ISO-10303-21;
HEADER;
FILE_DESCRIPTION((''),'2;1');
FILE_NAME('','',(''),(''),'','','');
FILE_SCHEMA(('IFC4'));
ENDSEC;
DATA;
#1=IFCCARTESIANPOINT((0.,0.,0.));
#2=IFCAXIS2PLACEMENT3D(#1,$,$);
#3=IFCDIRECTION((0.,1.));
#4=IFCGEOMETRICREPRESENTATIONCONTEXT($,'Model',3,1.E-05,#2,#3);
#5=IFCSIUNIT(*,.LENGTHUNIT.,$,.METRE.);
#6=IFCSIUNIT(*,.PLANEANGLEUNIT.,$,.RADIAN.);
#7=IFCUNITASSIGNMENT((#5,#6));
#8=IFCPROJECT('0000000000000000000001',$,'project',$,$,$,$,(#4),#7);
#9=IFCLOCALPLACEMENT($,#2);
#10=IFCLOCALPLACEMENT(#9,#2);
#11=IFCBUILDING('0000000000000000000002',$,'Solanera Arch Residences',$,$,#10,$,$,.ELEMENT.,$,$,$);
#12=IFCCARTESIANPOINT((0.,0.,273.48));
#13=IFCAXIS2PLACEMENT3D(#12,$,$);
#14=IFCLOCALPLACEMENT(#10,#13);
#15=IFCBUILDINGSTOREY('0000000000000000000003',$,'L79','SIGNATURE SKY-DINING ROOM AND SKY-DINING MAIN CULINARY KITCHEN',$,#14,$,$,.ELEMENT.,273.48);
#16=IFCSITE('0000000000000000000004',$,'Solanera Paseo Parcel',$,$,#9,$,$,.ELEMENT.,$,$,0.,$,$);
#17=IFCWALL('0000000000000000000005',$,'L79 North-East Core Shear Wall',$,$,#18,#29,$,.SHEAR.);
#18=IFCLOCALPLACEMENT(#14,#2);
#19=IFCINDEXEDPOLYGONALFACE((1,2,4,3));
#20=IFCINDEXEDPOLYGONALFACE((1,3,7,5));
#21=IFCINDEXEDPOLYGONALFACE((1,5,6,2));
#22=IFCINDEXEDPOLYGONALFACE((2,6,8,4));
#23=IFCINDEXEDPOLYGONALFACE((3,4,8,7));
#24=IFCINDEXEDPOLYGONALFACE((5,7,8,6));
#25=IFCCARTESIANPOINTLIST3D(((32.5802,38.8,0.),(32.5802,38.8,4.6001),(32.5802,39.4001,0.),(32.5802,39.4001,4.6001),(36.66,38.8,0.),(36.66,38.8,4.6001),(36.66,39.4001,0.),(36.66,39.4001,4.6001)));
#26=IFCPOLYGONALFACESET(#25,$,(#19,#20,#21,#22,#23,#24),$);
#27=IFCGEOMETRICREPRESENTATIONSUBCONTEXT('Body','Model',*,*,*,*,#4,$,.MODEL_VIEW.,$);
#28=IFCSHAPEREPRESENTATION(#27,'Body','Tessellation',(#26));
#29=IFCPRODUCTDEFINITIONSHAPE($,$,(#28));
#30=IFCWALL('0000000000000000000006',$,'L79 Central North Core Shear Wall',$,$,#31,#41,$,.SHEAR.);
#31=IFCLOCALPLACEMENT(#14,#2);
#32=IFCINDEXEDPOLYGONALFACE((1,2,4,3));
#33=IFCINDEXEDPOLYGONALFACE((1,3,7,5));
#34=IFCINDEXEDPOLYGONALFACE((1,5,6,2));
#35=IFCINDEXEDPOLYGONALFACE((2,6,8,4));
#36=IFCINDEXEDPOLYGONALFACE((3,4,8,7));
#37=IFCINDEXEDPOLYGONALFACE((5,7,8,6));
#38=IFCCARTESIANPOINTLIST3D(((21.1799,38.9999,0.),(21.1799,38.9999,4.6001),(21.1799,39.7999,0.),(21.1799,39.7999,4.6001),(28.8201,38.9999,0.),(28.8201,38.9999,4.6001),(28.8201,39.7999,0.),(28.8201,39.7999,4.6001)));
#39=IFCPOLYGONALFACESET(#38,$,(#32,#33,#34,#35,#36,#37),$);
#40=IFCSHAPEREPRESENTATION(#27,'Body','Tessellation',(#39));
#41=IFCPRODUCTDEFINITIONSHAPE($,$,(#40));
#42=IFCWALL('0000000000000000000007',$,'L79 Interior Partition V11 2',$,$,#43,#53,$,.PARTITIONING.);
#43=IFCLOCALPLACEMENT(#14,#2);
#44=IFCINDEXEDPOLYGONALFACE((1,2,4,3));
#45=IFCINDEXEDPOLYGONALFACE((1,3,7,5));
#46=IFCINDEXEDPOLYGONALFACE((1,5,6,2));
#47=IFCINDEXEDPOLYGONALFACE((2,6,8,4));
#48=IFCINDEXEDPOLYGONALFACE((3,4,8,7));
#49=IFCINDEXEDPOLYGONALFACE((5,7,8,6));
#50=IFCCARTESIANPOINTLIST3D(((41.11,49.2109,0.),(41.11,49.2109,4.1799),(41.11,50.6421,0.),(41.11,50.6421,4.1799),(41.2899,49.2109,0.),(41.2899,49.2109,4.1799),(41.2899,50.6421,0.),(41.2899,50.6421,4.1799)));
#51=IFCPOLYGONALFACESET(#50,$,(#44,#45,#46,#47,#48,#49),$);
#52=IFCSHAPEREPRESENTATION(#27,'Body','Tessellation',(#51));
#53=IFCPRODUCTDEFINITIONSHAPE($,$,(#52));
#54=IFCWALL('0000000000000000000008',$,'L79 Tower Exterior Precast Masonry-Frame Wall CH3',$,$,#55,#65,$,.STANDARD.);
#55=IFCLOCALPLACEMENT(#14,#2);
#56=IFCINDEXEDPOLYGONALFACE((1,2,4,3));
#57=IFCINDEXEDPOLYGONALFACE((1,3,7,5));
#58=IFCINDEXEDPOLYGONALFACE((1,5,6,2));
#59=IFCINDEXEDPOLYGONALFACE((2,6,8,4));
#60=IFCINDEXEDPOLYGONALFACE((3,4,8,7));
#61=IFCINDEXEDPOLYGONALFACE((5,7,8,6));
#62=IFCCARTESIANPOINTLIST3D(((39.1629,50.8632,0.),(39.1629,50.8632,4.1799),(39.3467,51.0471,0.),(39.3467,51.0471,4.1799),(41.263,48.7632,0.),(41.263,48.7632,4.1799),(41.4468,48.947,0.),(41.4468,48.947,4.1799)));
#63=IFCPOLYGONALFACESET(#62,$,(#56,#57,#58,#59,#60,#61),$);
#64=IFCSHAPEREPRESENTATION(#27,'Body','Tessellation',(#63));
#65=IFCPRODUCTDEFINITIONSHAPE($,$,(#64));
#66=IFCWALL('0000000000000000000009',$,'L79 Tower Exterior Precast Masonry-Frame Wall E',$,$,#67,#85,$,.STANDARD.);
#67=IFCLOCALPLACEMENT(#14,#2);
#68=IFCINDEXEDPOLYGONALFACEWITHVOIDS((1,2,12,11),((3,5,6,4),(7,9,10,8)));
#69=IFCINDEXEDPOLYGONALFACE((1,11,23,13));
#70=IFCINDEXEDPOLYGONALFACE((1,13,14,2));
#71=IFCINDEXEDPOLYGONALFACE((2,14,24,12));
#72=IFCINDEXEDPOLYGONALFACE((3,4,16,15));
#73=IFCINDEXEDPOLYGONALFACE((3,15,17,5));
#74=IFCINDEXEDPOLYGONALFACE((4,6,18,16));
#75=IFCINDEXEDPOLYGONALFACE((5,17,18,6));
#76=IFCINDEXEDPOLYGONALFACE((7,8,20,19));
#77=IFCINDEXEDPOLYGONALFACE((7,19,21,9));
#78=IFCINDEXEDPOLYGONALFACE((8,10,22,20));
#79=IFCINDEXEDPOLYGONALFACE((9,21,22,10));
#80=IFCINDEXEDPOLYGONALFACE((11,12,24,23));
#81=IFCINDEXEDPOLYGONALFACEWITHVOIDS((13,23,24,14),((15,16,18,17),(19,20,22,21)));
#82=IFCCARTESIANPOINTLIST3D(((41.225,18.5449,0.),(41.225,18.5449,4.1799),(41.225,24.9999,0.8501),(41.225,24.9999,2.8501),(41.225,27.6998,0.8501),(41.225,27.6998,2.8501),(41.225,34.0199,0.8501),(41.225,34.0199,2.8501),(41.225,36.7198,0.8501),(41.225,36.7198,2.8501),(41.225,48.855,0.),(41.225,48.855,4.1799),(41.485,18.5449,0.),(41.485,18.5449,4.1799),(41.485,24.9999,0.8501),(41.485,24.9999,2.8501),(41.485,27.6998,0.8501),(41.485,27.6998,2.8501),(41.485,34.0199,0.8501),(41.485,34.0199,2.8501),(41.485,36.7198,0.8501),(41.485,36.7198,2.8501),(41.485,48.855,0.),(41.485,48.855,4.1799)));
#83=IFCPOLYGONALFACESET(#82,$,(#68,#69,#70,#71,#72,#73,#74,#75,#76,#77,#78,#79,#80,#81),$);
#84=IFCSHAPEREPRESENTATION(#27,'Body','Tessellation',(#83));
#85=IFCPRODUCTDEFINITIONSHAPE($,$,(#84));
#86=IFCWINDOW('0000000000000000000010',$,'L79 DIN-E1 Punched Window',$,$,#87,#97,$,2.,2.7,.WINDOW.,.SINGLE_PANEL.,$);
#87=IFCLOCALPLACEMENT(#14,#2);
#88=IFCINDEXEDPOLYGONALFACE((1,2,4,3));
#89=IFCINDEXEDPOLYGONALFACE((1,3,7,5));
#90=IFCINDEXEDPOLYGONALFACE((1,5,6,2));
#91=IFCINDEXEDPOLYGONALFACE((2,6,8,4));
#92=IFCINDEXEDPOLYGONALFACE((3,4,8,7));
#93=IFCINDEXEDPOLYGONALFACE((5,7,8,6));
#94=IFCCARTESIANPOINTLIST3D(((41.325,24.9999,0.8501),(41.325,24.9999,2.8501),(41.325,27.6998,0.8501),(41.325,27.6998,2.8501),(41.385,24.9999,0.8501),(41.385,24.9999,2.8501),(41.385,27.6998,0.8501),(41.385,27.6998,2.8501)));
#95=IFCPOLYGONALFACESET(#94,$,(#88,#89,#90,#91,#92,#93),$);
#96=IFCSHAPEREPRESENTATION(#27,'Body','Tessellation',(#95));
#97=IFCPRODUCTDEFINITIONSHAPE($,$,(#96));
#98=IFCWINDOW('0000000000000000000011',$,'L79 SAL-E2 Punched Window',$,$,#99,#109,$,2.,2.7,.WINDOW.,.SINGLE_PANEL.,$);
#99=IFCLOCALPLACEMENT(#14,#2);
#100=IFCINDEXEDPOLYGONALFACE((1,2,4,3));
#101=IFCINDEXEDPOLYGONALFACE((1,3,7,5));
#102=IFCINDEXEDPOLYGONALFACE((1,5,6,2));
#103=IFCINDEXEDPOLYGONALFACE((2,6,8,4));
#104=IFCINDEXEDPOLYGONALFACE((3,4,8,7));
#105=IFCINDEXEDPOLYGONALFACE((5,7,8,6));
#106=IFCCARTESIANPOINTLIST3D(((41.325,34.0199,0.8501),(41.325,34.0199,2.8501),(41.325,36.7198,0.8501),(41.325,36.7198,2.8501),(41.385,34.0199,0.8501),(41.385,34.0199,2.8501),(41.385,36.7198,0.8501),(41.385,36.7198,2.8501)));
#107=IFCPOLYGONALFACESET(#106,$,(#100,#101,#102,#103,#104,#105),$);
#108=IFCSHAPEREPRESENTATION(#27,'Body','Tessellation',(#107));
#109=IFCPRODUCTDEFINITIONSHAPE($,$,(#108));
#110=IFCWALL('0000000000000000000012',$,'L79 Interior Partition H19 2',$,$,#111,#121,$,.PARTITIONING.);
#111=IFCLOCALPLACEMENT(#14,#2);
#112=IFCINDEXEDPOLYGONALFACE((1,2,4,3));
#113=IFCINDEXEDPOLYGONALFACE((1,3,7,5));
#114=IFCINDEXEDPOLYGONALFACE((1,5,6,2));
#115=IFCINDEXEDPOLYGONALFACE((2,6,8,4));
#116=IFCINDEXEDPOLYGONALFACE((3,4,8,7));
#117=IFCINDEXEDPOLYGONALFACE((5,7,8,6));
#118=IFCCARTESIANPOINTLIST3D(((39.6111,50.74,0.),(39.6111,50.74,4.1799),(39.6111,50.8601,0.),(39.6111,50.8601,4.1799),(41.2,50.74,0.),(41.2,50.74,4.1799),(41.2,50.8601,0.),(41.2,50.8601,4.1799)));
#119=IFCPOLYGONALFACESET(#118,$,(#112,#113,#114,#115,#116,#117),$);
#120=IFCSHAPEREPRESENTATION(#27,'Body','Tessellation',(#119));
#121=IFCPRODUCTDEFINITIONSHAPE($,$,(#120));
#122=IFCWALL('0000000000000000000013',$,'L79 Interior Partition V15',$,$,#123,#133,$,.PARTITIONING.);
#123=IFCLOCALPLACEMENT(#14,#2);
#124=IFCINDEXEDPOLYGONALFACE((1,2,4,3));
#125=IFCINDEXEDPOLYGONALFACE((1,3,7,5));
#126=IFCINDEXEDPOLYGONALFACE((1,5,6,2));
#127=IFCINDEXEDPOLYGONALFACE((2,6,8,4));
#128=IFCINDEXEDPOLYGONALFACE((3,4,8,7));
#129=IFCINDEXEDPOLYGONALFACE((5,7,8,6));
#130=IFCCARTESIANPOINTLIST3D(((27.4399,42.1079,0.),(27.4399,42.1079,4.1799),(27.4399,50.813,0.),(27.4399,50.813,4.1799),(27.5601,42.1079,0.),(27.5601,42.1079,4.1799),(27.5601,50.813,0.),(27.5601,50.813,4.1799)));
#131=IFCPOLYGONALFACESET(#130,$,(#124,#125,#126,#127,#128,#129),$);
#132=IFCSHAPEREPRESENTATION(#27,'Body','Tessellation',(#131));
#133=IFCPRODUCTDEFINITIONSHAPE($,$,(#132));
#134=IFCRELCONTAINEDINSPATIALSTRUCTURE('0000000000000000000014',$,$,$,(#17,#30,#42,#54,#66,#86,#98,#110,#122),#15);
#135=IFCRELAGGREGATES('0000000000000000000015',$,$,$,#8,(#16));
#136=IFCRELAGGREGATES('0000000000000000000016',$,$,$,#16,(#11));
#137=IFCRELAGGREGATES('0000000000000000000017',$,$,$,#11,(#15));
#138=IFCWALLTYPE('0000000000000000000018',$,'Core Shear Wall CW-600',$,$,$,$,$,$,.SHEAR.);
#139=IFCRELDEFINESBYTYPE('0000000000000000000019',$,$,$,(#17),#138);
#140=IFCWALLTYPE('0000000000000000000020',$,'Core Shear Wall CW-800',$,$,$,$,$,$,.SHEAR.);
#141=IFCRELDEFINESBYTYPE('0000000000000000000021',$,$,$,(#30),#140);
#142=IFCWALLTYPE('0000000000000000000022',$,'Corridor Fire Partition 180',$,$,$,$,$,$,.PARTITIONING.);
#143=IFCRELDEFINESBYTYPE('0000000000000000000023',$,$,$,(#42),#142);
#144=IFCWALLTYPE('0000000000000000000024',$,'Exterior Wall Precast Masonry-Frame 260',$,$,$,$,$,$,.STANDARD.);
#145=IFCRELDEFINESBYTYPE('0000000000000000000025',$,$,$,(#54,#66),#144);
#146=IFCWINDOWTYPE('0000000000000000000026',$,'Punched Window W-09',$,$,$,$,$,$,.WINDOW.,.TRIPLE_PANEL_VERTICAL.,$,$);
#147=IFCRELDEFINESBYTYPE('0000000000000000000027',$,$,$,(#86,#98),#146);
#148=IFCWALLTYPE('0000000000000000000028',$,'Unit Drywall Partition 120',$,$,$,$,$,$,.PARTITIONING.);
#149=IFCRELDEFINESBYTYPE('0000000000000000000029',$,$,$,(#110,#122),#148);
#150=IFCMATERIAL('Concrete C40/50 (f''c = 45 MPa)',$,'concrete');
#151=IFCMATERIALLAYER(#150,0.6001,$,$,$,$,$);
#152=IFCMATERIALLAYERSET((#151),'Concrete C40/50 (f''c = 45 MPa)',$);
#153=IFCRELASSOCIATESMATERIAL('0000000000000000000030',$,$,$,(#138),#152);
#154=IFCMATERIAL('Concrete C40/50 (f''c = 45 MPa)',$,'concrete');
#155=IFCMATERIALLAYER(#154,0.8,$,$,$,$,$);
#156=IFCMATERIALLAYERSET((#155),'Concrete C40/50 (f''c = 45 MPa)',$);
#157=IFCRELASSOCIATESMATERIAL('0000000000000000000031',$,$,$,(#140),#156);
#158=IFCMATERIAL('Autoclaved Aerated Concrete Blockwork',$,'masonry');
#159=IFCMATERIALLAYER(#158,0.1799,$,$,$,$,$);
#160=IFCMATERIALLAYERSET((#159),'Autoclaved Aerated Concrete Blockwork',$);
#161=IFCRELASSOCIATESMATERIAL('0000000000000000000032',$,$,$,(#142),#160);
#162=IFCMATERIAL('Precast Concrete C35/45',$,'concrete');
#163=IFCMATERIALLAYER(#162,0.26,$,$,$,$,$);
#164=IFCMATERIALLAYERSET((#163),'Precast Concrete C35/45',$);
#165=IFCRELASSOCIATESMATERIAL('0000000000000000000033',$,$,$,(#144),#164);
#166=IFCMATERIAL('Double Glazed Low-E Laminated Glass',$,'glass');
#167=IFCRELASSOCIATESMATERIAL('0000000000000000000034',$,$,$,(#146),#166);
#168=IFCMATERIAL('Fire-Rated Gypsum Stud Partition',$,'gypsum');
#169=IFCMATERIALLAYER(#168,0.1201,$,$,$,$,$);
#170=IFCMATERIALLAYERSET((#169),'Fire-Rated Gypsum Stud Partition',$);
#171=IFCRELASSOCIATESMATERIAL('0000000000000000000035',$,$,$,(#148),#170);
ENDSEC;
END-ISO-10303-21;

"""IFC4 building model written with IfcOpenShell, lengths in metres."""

from ifc_helpers import new_model, si_unit, direction, frame, frame_2d, origin, place, context, subcontext, project, spatial, rectangle, extrude, material, layer, layer_set, type_object, element, fill, save


model = new_model("IFC4")

# Units and contexts
model_context = context("Model", 3, precision=1e-05, world=origin(), true_north=direction((0.0, 1.0)))
body_context = subcontext(model_context, "Body", "Model", "MODEL_VIEW")
ifc_project = project(units=[si_unit("LENGTHUNIT", "METRE"), si_unit("PLANEANGLEUNIT", "RADIAN")], contexts=[model_context])

# Site, building, storey
site_placement = place(None, origin())
site = spatial("IfcSite", under=ifc_project, at=site_placement, Name="Solanera Paseo Parcel", CompositionType="ELEMENT", RefElevation=0.0)
building_placement = place(site_placement, origin())
building = spatial("IfcBuilding", under=site, at=building_placement, Name="Solanera Arch Residences", CompositionType="ELEMENT")
storey_placement = place(building_placement, frame((0.0, 0.0, 273.48)))
storey = spatial("IfcBuildingStorey", under=building, at=storey_placement, Name="L79", Description="SIGNATURE SKY-DINING ROOM AND SKY-DINING MAIN CULINARY KITCHEN", CompositionType="ELEMENT", Elevation=273.48)

# Walls
ifc_material_1 = material(Name="Concrete C40/50 (f'c = 45 MPa)", Category="concrete")
ifc_layer_1 = layer(ifc_material_1, 0.6001)
ifc_layer_set_1 = layer_set([ifc_layer_1], Name="Concrete C40/50 (f'c = 45 MPa)")
wall_type_1 = type_object("IfcWallType", Name="Core Shear Wall CW-600", PredefinedType="SHEAR", material=ifc_layer_set_1)
wall_1_placement = place(storey_placement, frame((32.5801, 39.1001, 0.0), z_axis=(0.0, 0.0, 1.0), x_axis=(1.0, 0.0, 0.0)))
element("IfcWall", 1, at=wall_1_placement, inside=storey, type_object=wall_type_1, Name="L79 North-East Core Shear Wall", PredefinedType="SHEAR", context=body_context, shape_type="SweptSolid", body=[
    extrude(rectangle(XDim=4.0798, YDim=0.6001, at=frame_2d((2.04, 0.0))), origin(), (0.0, 0.0, 1.0), 4.6001),
])
ifc_material_2 = material(Name="Concrete C40/50 (f'c = 45 MPa)", Category="concrete")
ifc_layer_2 = layer(ifc_material_2, 0.8)
ifc_layer_set_2 = layer_set([ifc_layer_2], Name="Concrete C40/50 (f'c = 45 MPa)")
wall_type_2 = type_object("IfcWallType", Name="Core Shear Wall CW-800", PredefinedType="SHEAR", material=ifc_layer_set_2)
wall_2_placement = place(storey_placement, frame((21.1799, 39.3999, 0.0), z_axis=(0.0, 0.0, 1.0), x_axis=(1.0, 0.0, 0.0)))
element("IfcWall", 2, at=wall_2_placement, inside=storey, type_object=wall_type_2, Name="L79 Central North Core Shear Wall", PredefinedType="SHEAR", context=body_context, shape_type="SweptSolid", body=[
    extrude(rectangle(XDim=7.6401, YDim=0.8, at=frame_2d((3.8201, 0.0))), origin(), (0.0, 0.0, 1.0), 4.6001),
])
ifc_material_3 = material(Name="Autoclaved Aerated Concrete Blockwork", Category="masonry")
ifc_layer_3 = layer(ifc_material_3, 0.1799)
ifc_layer_set_3 = layer_set([ifc_layer_3], Name="Autoclaved Aerated Concrete Blockwork")
wall_type_3 = type_object("IfcWallType", Name="Corridor Fire Partition 180", PredefinedType="PARTITIONING", material=ifc_layer_set_3)
wall_3_placement = place(storey_placement, frame((41.2, 49.2109, 0.0), z_axis=(0.0, 0.0, 1.0), x_axis=(0.0, 1.0, 0.0)))
element("IfcWall", 3, at=wall_3_placement, inside=storey, type_object=wall_type_3, Name="L79 Interior Partition V11 2", PredefinedType="PARTITIONING", context=body_context, shape_type="SweptSolid", body=[
    extrude(rectangle(XDim=1.4312, YDim=0.1799, at=frame_2d((0.7156, 0.0))), origin(), (0.0, 0.0, 1.0), 4.1799),
])
ifc_material_4 = material(Name="Precast Concrete C35/45", Category="concrete")
ifc_layer_4 = layer(ifc_material_4, 0.26)
ifc_layer_set_4 = layer_set([ifc_layer_4], Name="Precast Concrete C35/45")
wall_type_4 = type_object("IfcWallType", Name="Exterior Wall Precast Masonry-Frame 260", PredefinedType="STANDARD", material=ifc_layer_set_4)
wall_4_placement = place(storey_placement, frame((39.2549, 50.9551, 0.0), z_axis=(0.0, 0.0, 1.0), x_axis=(0.707107, -0.707107, 0.0)))
element("IfcWall", 4, at=wall_4_placement, inside=storey, type_object=wall_type_4, Name="L79 Tower Exterior Precast Masonry-Frame Wall CH3", PredefinedType="STANDARD", context=body_context, shape_type="SweptSolid", body=[
    extrude(rectangle(XDim=2.97, YDim=0.26, at=frame_2d((1.4849, 0.0))), origin(), (0.0, 0.0, 1.0), 4.1799),
])

# Wall, openings, windows
wall_5_placement = place(storey_placement, frame((41.355, 48.855, 0.0), z_axis=(0.0, 0.0, 1.0), x_axis=(0.0, -1.0, 0.0)))
wall_5 = element("IfcWall", 5, at=wall_5_placement, inside=storey, type_object=wall_type_4, Name="L79 Tower Exterior Precast Masonry-Frame Wall E", PredefinedType="STANDARD", context=body_context, shape_type="SweptSolid", body=[
    extrude(rectangle(XDim=30.3101, YDim=0.26, at=frame_2d((15.155, 0.0))), origin(), (0.0, 0.0, 1.0), 4.1799),
])
opening_1_placement = place(wall_5_placement, frame((21.155, 0.0, 0.8501)))
opening_1 = element("IfcOpeningElement", 6, at=opening_1_placement, cuts=wall_5, PredefinedType="OPENING", context=body_context, shape_type="SweptSolid", body=[
    extrude(rectangle(XDim=2.7, YDim=2.0, at=frame_2d((1.3501, 1.0))), frame((0.0, 0.1399, 0.0), z_axis=(0.0, -1.0, 0.0), x_axis=(1.0, 0.0, 0.0)), (0.0, 0.0, 1.0), 0.28),
])
opening_2_placement = place(wall_5_placement, frame((12.135, 0.0, 0.8501)))
opening_2 = element("IfcOpeningElement", 7, at=opening_2_placement, cuts=wall_5, PredefinedType="OPENING", context=body_context, shape_type="SweptSolid", body=[
    extrude(rectangle(XDim=2.7, YDim=2.0, at=frame_2d((1.3501, 1.0))), frame((0.0, 0.1399, 0.0), z_axis=(0.0, -1.0, 0.0), x_axis=(1.0, 0.0, 0.0)), (0.0, 0.0, 1.0), 0.28),
])
ifc_material_5 = material(Name="Double Glazed Low-E Laminated Glass", Category="glass")
window_type = type_object("IfcWindowType", Name="Punched Window W-09", PartitioningType="TRIPLE_PANEL_VERTICAL", PredefinedType="WINDOW", material=ifc_material_5)
window_1_placement = place(opening_1_placement, origin())
window_1 = element("IfcWindow", 8, at=window_1_placement, inside=storey, type_object=window_type, Name="L79 DIN-E1 Punched Window", OverallHeight=2.0, OverallWidth=2.7, PartitioningType="SINGLE_PANEL", PredefinedType="WINDOW", context=body_context, shape_type="SweptSolid", body=[
    extrude(rectangle(XDim=2.7, YDim=2.0, at=frame_2d((1.3501, 1.0))), frame((0.0, 0.03, 0.0), z_axis=(0.0, -1.0, 0.0), x_axis=(1.0, 0.0, 0.0)), (0.0, 0.0, 1.0), 0.0601),
])
fill(opening_1, window_1)
window_2_placement = place(opening_2_placement, origin())
window_2 = element("IfcWindow", 9, at=window_2_placement, inside=storey, type_object=window_type, Name="L79 SAL-E2 Punched Window", OverallHeight=2.0, OverallWidth=2.7, PartitioningType="SINGLE_PANEL", PredefinedType="WINDOW", context=body_context, shape_type="SweptSolid", body=[
    extrude(rectangle(XDim=2.7, YDim=2.0, at=frame_2d((1.3501, 1.0))), frame((0.0, 0.03, 0.0), z_axis=(0.0, -1.0, 0.0), x_axis=(1.0, 0.0, 0.0)), (0.0, 0.0, 1.0), 0.0601),
])
fill(opening_2, window_2)

# Walls
ifc_material_6 = material(Name="Fire-Rated Gypsum Stud Partition", Category="gypsum")
ifc_layer_5 = layer(ifc_material_6, 0.1201)
ifc_layer_set_5 = layer_set([ifc_layer_5], Name="Fire-Rated Gypsum Stud Partition")
wall_type_5 = type_object("IfcWallType", Name="Unit Drywall Partition 120", PredefinedType="PARTITIONING", material=ifc_layer_set_5)
wall_6_placement = place(storey_placement, frame((39.6111, 50.8, 0.0), z_axis=(0.0, 0.0, 1.0), x_axis=(1.0, 0.0, 0.0)))
element("IfcWall", 10, at=wall_6_placement, inside=storey, type_object=wall_type_5, Name="L79 Interior Partition H19 2", PredefinedType="PARTITIONING", context=body_context, shape_type="SweptSolid", body=[
    extrude(rectangle(XDim=1.5889, YDim=0.1201, at=frame_2d((0.7944, 0.0))), origin(), (0.0, 0.0, 1.0), 4.1799),
])
wall_7_placement = place(storey_placement, frame((27.5, 42.1079, 0.0), z_axis=(0.0, 0.0, 1.0), x_axis=(0.0, 1.0, 0.0)))
element("IfcWall", 11, at=wall_7_placement, inside=storey, type_object=wall_type_5, Name="L79 Interior Partition V15", PredefinedType="PARTITIONING", context=body_context, shape_type="SweptSolid", body=[
    extrude(rectangle(XDim=8.7051, YDim=0.1201, at=frame_2d((4.3525, 0.0))), origin(), (0.0, 0.0, 1.0), 4.1799),
])

save(model, "model.ifc")
